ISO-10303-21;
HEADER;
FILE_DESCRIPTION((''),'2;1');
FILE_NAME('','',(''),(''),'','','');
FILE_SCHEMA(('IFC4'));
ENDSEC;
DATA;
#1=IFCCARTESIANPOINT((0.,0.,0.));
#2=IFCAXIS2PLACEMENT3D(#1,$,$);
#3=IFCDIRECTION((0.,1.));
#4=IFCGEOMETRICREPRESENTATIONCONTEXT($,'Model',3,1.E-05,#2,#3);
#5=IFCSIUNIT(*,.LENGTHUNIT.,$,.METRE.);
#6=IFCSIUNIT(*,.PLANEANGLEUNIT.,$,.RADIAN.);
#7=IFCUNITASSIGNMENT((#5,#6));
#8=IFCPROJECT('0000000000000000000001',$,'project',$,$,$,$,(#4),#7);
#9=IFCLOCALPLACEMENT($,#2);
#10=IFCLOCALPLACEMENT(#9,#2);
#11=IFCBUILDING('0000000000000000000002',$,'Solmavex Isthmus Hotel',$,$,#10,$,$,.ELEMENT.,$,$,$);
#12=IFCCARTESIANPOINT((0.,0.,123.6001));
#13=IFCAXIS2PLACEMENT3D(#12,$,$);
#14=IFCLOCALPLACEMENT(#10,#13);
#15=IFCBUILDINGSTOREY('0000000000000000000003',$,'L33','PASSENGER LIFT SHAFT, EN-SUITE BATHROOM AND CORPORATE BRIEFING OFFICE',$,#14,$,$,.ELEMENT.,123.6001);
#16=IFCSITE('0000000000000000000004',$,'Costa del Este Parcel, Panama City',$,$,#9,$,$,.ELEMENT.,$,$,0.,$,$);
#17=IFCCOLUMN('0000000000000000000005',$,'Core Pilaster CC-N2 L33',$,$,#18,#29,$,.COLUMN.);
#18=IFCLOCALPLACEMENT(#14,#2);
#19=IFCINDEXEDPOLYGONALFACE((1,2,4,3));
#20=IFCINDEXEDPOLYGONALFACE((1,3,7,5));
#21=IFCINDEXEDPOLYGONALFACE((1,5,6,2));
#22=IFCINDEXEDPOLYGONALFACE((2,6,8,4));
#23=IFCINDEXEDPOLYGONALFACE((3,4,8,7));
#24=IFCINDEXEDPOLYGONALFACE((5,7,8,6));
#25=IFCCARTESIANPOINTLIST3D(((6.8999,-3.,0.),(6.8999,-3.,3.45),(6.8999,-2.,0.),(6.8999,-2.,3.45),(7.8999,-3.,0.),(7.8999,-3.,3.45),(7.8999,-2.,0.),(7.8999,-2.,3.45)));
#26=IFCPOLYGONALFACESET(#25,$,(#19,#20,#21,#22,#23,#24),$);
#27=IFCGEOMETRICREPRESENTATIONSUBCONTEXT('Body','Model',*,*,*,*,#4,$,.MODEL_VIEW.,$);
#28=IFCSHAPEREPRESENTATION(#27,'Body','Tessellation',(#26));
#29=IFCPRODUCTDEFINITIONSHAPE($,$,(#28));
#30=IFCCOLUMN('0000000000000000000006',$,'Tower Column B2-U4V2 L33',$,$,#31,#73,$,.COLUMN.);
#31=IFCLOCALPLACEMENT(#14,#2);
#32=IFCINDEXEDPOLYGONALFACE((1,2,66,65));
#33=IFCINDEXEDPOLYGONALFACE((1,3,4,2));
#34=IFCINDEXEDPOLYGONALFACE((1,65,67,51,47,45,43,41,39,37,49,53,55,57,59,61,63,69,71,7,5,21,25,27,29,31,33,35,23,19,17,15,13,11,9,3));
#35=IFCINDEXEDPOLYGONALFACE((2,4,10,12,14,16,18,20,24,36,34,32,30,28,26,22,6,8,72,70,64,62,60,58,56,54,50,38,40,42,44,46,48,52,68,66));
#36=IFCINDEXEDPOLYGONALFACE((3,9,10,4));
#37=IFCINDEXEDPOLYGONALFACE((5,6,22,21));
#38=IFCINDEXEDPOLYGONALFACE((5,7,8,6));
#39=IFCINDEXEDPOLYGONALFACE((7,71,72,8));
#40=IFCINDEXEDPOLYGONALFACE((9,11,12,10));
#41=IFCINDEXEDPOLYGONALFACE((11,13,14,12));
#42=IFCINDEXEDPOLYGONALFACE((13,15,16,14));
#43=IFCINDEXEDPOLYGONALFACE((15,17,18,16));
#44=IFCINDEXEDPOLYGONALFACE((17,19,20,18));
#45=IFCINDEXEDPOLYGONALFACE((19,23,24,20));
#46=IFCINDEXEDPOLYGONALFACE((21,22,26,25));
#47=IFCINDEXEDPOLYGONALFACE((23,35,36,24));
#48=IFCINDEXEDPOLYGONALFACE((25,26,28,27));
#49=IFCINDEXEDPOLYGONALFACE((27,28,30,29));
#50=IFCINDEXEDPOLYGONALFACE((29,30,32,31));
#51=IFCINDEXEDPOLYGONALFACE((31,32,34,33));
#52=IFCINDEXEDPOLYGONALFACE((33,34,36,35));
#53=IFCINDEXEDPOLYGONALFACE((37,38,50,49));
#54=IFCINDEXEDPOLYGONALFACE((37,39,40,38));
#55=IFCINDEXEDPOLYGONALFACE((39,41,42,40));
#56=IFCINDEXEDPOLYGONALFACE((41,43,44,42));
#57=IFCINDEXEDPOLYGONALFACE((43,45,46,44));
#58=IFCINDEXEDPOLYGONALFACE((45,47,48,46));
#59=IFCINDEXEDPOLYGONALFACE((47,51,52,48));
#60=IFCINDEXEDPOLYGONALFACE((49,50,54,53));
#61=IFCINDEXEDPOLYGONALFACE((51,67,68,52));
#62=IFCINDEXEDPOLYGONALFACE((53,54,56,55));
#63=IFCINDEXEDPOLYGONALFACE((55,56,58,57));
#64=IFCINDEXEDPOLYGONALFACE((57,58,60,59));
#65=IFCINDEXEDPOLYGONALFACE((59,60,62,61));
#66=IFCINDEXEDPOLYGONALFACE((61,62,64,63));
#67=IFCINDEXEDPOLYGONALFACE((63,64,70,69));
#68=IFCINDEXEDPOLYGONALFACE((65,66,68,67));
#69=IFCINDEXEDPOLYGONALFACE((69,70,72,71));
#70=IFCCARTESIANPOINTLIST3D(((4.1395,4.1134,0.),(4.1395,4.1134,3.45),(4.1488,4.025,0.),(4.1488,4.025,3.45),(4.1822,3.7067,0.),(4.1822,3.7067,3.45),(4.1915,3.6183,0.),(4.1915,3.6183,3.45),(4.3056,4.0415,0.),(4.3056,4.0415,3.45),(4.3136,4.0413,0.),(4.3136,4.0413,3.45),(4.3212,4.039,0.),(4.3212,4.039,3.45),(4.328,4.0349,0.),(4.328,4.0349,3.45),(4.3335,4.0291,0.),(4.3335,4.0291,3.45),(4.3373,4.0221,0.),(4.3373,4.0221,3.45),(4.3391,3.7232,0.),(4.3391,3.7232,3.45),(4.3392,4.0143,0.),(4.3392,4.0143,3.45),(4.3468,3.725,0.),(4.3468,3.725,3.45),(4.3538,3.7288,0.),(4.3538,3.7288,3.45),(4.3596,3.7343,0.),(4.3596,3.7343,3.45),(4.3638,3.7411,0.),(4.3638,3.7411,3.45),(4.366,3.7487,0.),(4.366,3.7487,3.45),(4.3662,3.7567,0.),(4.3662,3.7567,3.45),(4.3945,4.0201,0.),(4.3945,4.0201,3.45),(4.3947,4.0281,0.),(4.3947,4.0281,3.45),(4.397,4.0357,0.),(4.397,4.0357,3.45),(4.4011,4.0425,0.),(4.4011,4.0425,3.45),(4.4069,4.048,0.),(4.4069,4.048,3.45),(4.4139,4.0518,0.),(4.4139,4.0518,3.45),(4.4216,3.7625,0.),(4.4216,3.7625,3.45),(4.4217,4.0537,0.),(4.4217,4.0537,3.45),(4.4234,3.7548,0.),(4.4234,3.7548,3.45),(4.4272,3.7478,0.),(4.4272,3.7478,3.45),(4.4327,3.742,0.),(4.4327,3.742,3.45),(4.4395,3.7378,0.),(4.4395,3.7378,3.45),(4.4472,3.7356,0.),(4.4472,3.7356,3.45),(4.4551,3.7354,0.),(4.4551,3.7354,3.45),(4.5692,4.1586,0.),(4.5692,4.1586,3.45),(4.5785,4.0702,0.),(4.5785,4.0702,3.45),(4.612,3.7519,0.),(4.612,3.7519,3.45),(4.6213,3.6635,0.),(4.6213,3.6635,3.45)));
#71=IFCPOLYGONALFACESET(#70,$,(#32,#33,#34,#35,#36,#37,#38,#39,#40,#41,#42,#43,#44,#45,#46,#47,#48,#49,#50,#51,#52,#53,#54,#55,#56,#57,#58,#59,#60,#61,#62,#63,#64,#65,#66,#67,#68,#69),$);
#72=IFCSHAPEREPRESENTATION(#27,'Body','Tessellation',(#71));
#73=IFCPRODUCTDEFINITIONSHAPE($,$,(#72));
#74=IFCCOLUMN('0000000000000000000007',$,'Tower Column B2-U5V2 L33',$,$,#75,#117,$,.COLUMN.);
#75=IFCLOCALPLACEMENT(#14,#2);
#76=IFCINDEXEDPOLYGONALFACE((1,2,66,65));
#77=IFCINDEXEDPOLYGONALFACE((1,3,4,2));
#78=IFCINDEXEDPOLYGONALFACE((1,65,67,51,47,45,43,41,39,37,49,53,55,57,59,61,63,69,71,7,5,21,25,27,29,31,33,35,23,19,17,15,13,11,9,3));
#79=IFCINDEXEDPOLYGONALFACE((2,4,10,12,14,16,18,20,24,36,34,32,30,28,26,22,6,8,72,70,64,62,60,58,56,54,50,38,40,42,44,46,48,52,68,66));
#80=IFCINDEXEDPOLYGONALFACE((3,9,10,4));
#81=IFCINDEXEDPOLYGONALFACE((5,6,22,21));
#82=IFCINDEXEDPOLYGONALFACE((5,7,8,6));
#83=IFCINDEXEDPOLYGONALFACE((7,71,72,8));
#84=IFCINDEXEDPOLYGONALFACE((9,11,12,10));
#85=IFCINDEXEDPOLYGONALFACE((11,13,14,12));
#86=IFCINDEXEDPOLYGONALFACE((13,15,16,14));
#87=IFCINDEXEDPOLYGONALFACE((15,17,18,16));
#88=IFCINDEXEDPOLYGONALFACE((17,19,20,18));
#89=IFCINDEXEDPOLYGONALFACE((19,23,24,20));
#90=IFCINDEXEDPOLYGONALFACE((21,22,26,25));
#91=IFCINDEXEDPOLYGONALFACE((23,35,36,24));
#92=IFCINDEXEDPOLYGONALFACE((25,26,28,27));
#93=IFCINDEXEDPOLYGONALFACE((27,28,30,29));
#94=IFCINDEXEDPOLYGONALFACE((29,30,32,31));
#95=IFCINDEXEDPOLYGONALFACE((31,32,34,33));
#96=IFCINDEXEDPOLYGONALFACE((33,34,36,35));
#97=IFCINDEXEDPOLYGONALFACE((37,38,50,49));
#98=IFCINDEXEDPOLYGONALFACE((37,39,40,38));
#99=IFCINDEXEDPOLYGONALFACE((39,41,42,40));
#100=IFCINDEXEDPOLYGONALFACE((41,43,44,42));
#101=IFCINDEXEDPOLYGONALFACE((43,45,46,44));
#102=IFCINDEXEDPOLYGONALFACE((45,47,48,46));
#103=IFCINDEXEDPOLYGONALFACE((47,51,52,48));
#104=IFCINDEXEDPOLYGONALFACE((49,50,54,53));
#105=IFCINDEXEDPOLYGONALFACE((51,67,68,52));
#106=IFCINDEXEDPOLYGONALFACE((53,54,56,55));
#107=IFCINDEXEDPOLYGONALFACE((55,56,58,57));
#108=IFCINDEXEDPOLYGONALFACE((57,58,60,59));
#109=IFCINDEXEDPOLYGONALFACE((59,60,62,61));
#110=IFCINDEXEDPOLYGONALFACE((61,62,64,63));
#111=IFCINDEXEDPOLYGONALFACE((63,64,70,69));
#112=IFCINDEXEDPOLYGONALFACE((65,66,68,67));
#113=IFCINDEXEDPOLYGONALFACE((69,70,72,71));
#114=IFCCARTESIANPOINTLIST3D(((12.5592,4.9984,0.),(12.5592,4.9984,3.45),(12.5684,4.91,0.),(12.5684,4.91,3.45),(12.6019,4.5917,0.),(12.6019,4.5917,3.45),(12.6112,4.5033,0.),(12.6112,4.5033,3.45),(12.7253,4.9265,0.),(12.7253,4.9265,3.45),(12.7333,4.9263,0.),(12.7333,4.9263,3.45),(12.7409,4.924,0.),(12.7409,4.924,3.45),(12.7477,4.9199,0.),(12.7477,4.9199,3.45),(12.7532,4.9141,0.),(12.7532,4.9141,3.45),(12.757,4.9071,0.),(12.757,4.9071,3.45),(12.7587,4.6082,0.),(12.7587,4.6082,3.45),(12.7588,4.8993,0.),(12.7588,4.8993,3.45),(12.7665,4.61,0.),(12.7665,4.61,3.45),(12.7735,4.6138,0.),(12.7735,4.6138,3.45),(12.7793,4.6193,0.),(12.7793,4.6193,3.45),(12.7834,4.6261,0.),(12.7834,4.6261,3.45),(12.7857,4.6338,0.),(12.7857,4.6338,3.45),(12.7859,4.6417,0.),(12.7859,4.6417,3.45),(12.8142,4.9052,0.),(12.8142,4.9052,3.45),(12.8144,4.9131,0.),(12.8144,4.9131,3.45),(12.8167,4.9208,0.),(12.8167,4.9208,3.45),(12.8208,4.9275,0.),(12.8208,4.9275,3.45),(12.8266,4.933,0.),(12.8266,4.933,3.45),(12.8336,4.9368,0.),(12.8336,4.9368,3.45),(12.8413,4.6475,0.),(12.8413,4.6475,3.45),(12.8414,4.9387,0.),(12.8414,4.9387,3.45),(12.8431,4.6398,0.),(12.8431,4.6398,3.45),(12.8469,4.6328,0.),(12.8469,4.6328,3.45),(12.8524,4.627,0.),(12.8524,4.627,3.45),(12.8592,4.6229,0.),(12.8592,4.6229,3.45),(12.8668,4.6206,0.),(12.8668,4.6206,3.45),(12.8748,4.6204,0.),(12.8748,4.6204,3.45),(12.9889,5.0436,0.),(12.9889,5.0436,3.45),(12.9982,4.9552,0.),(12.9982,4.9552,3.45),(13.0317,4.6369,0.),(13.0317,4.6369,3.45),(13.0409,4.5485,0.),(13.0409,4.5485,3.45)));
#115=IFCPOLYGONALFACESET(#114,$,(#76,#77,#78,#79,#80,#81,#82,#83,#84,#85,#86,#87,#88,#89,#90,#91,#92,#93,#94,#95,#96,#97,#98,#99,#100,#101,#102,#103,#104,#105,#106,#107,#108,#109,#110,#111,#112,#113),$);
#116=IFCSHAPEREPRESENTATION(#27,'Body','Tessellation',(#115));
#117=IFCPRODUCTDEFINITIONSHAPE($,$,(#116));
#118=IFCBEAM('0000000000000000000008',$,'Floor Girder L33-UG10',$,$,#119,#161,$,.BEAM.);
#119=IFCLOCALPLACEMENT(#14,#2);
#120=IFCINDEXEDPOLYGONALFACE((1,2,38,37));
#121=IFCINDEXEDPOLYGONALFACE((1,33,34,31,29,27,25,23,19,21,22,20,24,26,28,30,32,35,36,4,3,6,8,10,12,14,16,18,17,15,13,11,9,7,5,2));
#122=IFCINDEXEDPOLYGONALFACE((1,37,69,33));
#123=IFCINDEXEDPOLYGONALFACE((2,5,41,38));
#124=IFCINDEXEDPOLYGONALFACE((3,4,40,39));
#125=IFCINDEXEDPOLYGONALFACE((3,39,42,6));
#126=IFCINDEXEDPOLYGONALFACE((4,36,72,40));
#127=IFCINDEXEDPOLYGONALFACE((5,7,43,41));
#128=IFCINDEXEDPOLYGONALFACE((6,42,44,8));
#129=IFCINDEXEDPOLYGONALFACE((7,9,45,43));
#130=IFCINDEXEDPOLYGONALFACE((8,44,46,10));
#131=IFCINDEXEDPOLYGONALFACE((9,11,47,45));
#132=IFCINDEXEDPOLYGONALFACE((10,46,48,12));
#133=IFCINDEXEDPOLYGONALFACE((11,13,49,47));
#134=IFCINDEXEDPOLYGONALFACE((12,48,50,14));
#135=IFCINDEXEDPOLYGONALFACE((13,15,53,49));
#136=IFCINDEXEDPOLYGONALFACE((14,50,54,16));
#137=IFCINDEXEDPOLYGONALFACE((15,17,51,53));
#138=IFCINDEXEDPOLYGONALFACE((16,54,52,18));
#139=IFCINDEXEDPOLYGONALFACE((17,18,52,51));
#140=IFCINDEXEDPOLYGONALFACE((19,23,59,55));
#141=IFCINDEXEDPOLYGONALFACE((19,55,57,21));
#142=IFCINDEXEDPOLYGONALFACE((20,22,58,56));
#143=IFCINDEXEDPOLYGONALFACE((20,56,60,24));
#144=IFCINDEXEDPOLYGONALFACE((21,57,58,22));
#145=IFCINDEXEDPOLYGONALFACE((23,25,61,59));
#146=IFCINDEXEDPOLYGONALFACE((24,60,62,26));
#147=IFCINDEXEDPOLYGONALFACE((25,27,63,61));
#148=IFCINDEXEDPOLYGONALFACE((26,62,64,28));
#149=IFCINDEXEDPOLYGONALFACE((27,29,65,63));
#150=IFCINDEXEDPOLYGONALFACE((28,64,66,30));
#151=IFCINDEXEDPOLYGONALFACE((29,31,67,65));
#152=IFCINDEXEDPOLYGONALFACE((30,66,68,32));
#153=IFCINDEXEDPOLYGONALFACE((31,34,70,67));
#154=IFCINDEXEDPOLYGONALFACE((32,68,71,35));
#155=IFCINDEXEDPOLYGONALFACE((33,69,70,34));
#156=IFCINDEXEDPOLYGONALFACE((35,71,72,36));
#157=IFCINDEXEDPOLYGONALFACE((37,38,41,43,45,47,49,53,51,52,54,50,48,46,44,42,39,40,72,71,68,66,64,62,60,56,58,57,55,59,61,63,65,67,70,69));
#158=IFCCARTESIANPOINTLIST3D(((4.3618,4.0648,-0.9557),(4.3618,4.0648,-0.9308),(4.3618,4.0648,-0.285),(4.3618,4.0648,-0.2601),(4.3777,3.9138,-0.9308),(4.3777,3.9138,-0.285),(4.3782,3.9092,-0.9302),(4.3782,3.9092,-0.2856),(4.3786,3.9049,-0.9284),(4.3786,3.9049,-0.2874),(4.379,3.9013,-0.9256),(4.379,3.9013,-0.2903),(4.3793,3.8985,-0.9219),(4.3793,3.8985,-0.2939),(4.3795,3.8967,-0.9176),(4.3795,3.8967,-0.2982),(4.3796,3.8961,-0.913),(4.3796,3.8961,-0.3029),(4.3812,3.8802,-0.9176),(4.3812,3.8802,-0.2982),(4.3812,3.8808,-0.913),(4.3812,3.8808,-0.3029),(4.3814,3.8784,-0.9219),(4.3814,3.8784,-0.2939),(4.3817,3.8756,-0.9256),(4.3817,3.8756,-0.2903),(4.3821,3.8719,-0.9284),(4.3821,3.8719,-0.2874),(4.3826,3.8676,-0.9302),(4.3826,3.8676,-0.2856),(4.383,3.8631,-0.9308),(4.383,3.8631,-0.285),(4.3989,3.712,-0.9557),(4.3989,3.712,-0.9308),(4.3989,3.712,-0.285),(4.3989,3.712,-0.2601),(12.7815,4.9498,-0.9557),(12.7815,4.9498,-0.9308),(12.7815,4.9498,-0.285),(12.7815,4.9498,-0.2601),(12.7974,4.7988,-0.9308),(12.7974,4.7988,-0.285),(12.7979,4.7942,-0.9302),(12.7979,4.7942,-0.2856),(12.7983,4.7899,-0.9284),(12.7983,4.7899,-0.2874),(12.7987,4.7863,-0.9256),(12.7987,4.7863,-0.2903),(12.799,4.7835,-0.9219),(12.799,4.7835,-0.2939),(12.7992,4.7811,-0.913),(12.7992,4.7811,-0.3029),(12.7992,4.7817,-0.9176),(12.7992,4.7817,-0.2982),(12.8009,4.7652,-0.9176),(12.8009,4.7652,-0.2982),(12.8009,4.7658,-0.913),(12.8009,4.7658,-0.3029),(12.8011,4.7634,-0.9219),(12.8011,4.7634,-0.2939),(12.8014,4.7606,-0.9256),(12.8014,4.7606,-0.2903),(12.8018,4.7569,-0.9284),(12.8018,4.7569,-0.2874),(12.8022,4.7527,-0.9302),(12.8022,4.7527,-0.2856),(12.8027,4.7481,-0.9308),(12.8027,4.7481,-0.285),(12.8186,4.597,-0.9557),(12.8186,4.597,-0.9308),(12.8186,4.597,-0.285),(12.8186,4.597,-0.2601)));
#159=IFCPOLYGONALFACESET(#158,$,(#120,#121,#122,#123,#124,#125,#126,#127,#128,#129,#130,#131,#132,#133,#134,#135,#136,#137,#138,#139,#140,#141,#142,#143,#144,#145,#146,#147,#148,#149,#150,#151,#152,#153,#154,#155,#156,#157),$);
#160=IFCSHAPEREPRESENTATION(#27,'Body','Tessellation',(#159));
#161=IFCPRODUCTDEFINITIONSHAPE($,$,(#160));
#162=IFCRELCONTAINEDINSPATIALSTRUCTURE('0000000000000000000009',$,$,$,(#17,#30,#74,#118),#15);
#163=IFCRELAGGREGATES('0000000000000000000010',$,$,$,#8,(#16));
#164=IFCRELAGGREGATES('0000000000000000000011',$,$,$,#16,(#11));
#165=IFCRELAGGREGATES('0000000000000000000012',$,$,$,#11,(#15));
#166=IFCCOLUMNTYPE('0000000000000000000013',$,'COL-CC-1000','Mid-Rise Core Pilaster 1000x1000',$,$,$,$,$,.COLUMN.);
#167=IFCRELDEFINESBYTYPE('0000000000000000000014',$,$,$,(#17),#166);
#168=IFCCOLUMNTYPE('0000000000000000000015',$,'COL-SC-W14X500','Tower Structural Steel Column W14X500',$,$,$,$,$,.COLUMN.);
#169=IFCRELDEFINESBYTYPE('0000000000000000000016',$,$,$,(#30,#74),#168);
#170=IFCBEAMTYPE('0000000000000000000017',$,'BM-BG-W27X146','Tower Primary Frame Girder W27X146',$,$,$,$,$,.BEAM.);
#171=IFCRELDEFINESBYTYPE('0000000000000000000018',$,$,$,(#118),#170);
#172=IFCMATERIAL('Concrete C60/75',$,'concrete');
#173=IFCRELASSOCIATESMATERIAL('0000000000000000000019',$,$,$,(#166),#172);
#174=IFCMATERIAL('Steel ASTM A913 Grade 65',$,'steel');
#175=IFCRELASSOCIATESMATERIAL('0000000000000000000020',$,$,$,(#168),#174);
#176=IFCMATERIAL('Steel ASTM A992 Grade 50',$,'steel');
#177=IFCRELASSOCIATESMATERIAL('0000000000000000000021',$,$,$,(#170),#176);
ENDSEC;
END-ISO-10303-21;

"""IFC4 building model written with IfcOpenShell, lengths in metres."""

from ifc_helpers import new_model, si_unit, direction, frame, origin, origin_2d, place, context, subcontext, project, spatial, rectangle, i_section, extrude, material, material_profile, profile_set, type_object, element, save


model = new_model("IFC4")

# Units and contexts
model_context = context("Model", 3, precision=1e-05, world=origin(), true_north=direction((0.0, 1.0)))
body_context = subcontext(model_context, "Body", "Model", "MODEL_VIEW")
ifc_project = project(units=[si_unit("LENGTHUNIT", "METRE"), si_unit("PLANEANGLEUNIT", "RADIAN")], contexts=[model_context])

# Site, building, storey
site_placement = place(None, origin())
site = spatial("IfcSite", under=ifc_project, at=site_placement, Name="Costa del Este Parcel, Panama City", CompositionType="ELEMENT", RefElevation=0.0)
building_placement = place(site_placement, origin())
building = spatial("IfcBuilding", under=site, at=building_placement, Name="Solmavex Isthmus Hotel", CompositionType="ELEMENT")
storey_placement = place(building_placement, frame((0.0, 0.0, 123.6001)))
storey = spatial("IfcBuildingStorey", under=building, at=storey_placement, Name="L33", Description="PASSENGER LIFT SHAFT, EN-SUITE BATHROOM AND CORPORATE BRIEFING OFFICE", CompositionType="ELEMENT", Elevation=123.6001)

# Columns
ifc_material_1 = material(Name="Concrete C60/75", Category="concrete")
ifc_material_profile_1 = material_profile(ifc_material_1, rectangle(XDim=1.0, YDim=1.0, at=origin_2d()), Name="RC1000X1000")
ifc_profile_set_1 = profile_set([ifc_material_profile_1], Name="Concrete C60/75")
column_type_1 = type_object("IfcColumnType", Name="COL-CC-1000", Description="Mid-Rise Core Pilaster 1000x1000", PredefinedType="COLUMN", material=ifc_profile_set_1)
column_placement = place(storey_placement, frame((7.3999, -2.5, 0.0), z_axis=(0.0, 0.0, 1.0), x_axis=(1.0, 0.0, 0.0)))
element("IfcColumn", 1, at=column_placement, inside=storey, type_object=column_type_1, Name="Core Pilaster CC-N2 L33", PredefinedType="COLUMN", context=body_context, shape_type="SweptSolid", body=[
    extrude(rectangle(XDim=1.0, YDim=1.0, at=origin_2d()), origin(), (0.0, 0.0, 1.0), 3.45),
])
ifc_material_2 = material(Name="Steel ASTM A913 Grade 65", Category="steel")
ifc_material_profile_2 = material_profile(ifc_material_2, i_section(OverallWidth=0.4321, OverallDepth=0.4978, WebThickness=0.0557, FlangeThickness=0.0889, FilletRadius=0.0305, at=origin_2d()), Name="W14X500")
ifc_profile_set_2 = profile_set([ifc_material_profile_2], Name="Steel ASTM A913 Grade 65")
column_type_2 = type_object("IfcColumnType", Name="COL-SC-W14X500", Description="Tower Structural Steel Column W14X500", PredefinedType="COLUMN", material=ifc_profile_set_2)
for number, where, z_axis, x_axis, name in (
    (2, (4.3804, 3.8884, 0.0), (0.0, 0.0, 1.0), (0.994522, 0.104528, 0.0), "Tower Column B2-U4V2 L33"),
    (3, (12.8, 4.7734, 0.0), (0.0, 0.0, 1.0), (0.994522, 0.104528, 0.0), "Tower Column B2-U5V2 L33"),
):
    element("IfcColumn", number, at=place(storey_placement, frame(where, z_axis=z_axis, x_axis=x_axis)), inside=storey, type_object=column_type_2, Name=name, PredefinedType="COLUMN", context=body_context, shape_type="SweptSolid", body=[
        extrude(i_section(OverallWidth=0.4321, OverallDepth=0.4978, WebThickness=0.0557, FlangeThickness=0.0889, FilletRadius=0.0305, at=origin_2d()), origin(), (0.0, 0.0, 1.0), 3.45),
    ])

# Beam
ifc_material_3 = material(Name="Steel ASTM A992 Grade 50", Category="steel")
ifc_material_profile_3 = material_profile(ifc_material_3, i_section(OverallWidth=0.3547, OverallDepth=0.6956, WebThickness=0.0154, FlangeThickness=0.0249, FilletRadius=0.0178, at=origin_2d()), Name="W27X146")
ifc_profile_set_3 = profile_set([ifc_material_profile_3], Name="Steel ASTM A992 Grade 50")
beam_type_1 = type_object("IfcBeamType", Name="BM-BG-W27X146", Description="Tower Primary Frame Girder W27X146", PredefinedType="BEAM", material=ifc_profile_set_3)
for number, where, z_axis, x_axis, name in (
    (4, (4.3804, 3.8884, -0.6079), (0.994521, 0.104536, 0.0), (-0.104536, 0.994521, 0.0), "Floor Girder L33-UG10"),
):
    element("IfcBeam", number, at=place(storey_placement, frame(where, z_axis=z_axis, x_axis=x_axis)), inside=storey, type_object=beam_type_1, Name=name, PredefinedType="BEAM", context=body_context, shape_type="SweptSolid", body=[
        extrude(i_section(OverallWidth=0.3547, OverallDepth=0.6956, WebThickness=0.0154, FlangeThickness=0.0249, FilletRadius=0.0178, at=origin_2d()), origin(), (0.0, 0.0, 1.0), 8.4661),
    ])

save(model, "model.ifc")
